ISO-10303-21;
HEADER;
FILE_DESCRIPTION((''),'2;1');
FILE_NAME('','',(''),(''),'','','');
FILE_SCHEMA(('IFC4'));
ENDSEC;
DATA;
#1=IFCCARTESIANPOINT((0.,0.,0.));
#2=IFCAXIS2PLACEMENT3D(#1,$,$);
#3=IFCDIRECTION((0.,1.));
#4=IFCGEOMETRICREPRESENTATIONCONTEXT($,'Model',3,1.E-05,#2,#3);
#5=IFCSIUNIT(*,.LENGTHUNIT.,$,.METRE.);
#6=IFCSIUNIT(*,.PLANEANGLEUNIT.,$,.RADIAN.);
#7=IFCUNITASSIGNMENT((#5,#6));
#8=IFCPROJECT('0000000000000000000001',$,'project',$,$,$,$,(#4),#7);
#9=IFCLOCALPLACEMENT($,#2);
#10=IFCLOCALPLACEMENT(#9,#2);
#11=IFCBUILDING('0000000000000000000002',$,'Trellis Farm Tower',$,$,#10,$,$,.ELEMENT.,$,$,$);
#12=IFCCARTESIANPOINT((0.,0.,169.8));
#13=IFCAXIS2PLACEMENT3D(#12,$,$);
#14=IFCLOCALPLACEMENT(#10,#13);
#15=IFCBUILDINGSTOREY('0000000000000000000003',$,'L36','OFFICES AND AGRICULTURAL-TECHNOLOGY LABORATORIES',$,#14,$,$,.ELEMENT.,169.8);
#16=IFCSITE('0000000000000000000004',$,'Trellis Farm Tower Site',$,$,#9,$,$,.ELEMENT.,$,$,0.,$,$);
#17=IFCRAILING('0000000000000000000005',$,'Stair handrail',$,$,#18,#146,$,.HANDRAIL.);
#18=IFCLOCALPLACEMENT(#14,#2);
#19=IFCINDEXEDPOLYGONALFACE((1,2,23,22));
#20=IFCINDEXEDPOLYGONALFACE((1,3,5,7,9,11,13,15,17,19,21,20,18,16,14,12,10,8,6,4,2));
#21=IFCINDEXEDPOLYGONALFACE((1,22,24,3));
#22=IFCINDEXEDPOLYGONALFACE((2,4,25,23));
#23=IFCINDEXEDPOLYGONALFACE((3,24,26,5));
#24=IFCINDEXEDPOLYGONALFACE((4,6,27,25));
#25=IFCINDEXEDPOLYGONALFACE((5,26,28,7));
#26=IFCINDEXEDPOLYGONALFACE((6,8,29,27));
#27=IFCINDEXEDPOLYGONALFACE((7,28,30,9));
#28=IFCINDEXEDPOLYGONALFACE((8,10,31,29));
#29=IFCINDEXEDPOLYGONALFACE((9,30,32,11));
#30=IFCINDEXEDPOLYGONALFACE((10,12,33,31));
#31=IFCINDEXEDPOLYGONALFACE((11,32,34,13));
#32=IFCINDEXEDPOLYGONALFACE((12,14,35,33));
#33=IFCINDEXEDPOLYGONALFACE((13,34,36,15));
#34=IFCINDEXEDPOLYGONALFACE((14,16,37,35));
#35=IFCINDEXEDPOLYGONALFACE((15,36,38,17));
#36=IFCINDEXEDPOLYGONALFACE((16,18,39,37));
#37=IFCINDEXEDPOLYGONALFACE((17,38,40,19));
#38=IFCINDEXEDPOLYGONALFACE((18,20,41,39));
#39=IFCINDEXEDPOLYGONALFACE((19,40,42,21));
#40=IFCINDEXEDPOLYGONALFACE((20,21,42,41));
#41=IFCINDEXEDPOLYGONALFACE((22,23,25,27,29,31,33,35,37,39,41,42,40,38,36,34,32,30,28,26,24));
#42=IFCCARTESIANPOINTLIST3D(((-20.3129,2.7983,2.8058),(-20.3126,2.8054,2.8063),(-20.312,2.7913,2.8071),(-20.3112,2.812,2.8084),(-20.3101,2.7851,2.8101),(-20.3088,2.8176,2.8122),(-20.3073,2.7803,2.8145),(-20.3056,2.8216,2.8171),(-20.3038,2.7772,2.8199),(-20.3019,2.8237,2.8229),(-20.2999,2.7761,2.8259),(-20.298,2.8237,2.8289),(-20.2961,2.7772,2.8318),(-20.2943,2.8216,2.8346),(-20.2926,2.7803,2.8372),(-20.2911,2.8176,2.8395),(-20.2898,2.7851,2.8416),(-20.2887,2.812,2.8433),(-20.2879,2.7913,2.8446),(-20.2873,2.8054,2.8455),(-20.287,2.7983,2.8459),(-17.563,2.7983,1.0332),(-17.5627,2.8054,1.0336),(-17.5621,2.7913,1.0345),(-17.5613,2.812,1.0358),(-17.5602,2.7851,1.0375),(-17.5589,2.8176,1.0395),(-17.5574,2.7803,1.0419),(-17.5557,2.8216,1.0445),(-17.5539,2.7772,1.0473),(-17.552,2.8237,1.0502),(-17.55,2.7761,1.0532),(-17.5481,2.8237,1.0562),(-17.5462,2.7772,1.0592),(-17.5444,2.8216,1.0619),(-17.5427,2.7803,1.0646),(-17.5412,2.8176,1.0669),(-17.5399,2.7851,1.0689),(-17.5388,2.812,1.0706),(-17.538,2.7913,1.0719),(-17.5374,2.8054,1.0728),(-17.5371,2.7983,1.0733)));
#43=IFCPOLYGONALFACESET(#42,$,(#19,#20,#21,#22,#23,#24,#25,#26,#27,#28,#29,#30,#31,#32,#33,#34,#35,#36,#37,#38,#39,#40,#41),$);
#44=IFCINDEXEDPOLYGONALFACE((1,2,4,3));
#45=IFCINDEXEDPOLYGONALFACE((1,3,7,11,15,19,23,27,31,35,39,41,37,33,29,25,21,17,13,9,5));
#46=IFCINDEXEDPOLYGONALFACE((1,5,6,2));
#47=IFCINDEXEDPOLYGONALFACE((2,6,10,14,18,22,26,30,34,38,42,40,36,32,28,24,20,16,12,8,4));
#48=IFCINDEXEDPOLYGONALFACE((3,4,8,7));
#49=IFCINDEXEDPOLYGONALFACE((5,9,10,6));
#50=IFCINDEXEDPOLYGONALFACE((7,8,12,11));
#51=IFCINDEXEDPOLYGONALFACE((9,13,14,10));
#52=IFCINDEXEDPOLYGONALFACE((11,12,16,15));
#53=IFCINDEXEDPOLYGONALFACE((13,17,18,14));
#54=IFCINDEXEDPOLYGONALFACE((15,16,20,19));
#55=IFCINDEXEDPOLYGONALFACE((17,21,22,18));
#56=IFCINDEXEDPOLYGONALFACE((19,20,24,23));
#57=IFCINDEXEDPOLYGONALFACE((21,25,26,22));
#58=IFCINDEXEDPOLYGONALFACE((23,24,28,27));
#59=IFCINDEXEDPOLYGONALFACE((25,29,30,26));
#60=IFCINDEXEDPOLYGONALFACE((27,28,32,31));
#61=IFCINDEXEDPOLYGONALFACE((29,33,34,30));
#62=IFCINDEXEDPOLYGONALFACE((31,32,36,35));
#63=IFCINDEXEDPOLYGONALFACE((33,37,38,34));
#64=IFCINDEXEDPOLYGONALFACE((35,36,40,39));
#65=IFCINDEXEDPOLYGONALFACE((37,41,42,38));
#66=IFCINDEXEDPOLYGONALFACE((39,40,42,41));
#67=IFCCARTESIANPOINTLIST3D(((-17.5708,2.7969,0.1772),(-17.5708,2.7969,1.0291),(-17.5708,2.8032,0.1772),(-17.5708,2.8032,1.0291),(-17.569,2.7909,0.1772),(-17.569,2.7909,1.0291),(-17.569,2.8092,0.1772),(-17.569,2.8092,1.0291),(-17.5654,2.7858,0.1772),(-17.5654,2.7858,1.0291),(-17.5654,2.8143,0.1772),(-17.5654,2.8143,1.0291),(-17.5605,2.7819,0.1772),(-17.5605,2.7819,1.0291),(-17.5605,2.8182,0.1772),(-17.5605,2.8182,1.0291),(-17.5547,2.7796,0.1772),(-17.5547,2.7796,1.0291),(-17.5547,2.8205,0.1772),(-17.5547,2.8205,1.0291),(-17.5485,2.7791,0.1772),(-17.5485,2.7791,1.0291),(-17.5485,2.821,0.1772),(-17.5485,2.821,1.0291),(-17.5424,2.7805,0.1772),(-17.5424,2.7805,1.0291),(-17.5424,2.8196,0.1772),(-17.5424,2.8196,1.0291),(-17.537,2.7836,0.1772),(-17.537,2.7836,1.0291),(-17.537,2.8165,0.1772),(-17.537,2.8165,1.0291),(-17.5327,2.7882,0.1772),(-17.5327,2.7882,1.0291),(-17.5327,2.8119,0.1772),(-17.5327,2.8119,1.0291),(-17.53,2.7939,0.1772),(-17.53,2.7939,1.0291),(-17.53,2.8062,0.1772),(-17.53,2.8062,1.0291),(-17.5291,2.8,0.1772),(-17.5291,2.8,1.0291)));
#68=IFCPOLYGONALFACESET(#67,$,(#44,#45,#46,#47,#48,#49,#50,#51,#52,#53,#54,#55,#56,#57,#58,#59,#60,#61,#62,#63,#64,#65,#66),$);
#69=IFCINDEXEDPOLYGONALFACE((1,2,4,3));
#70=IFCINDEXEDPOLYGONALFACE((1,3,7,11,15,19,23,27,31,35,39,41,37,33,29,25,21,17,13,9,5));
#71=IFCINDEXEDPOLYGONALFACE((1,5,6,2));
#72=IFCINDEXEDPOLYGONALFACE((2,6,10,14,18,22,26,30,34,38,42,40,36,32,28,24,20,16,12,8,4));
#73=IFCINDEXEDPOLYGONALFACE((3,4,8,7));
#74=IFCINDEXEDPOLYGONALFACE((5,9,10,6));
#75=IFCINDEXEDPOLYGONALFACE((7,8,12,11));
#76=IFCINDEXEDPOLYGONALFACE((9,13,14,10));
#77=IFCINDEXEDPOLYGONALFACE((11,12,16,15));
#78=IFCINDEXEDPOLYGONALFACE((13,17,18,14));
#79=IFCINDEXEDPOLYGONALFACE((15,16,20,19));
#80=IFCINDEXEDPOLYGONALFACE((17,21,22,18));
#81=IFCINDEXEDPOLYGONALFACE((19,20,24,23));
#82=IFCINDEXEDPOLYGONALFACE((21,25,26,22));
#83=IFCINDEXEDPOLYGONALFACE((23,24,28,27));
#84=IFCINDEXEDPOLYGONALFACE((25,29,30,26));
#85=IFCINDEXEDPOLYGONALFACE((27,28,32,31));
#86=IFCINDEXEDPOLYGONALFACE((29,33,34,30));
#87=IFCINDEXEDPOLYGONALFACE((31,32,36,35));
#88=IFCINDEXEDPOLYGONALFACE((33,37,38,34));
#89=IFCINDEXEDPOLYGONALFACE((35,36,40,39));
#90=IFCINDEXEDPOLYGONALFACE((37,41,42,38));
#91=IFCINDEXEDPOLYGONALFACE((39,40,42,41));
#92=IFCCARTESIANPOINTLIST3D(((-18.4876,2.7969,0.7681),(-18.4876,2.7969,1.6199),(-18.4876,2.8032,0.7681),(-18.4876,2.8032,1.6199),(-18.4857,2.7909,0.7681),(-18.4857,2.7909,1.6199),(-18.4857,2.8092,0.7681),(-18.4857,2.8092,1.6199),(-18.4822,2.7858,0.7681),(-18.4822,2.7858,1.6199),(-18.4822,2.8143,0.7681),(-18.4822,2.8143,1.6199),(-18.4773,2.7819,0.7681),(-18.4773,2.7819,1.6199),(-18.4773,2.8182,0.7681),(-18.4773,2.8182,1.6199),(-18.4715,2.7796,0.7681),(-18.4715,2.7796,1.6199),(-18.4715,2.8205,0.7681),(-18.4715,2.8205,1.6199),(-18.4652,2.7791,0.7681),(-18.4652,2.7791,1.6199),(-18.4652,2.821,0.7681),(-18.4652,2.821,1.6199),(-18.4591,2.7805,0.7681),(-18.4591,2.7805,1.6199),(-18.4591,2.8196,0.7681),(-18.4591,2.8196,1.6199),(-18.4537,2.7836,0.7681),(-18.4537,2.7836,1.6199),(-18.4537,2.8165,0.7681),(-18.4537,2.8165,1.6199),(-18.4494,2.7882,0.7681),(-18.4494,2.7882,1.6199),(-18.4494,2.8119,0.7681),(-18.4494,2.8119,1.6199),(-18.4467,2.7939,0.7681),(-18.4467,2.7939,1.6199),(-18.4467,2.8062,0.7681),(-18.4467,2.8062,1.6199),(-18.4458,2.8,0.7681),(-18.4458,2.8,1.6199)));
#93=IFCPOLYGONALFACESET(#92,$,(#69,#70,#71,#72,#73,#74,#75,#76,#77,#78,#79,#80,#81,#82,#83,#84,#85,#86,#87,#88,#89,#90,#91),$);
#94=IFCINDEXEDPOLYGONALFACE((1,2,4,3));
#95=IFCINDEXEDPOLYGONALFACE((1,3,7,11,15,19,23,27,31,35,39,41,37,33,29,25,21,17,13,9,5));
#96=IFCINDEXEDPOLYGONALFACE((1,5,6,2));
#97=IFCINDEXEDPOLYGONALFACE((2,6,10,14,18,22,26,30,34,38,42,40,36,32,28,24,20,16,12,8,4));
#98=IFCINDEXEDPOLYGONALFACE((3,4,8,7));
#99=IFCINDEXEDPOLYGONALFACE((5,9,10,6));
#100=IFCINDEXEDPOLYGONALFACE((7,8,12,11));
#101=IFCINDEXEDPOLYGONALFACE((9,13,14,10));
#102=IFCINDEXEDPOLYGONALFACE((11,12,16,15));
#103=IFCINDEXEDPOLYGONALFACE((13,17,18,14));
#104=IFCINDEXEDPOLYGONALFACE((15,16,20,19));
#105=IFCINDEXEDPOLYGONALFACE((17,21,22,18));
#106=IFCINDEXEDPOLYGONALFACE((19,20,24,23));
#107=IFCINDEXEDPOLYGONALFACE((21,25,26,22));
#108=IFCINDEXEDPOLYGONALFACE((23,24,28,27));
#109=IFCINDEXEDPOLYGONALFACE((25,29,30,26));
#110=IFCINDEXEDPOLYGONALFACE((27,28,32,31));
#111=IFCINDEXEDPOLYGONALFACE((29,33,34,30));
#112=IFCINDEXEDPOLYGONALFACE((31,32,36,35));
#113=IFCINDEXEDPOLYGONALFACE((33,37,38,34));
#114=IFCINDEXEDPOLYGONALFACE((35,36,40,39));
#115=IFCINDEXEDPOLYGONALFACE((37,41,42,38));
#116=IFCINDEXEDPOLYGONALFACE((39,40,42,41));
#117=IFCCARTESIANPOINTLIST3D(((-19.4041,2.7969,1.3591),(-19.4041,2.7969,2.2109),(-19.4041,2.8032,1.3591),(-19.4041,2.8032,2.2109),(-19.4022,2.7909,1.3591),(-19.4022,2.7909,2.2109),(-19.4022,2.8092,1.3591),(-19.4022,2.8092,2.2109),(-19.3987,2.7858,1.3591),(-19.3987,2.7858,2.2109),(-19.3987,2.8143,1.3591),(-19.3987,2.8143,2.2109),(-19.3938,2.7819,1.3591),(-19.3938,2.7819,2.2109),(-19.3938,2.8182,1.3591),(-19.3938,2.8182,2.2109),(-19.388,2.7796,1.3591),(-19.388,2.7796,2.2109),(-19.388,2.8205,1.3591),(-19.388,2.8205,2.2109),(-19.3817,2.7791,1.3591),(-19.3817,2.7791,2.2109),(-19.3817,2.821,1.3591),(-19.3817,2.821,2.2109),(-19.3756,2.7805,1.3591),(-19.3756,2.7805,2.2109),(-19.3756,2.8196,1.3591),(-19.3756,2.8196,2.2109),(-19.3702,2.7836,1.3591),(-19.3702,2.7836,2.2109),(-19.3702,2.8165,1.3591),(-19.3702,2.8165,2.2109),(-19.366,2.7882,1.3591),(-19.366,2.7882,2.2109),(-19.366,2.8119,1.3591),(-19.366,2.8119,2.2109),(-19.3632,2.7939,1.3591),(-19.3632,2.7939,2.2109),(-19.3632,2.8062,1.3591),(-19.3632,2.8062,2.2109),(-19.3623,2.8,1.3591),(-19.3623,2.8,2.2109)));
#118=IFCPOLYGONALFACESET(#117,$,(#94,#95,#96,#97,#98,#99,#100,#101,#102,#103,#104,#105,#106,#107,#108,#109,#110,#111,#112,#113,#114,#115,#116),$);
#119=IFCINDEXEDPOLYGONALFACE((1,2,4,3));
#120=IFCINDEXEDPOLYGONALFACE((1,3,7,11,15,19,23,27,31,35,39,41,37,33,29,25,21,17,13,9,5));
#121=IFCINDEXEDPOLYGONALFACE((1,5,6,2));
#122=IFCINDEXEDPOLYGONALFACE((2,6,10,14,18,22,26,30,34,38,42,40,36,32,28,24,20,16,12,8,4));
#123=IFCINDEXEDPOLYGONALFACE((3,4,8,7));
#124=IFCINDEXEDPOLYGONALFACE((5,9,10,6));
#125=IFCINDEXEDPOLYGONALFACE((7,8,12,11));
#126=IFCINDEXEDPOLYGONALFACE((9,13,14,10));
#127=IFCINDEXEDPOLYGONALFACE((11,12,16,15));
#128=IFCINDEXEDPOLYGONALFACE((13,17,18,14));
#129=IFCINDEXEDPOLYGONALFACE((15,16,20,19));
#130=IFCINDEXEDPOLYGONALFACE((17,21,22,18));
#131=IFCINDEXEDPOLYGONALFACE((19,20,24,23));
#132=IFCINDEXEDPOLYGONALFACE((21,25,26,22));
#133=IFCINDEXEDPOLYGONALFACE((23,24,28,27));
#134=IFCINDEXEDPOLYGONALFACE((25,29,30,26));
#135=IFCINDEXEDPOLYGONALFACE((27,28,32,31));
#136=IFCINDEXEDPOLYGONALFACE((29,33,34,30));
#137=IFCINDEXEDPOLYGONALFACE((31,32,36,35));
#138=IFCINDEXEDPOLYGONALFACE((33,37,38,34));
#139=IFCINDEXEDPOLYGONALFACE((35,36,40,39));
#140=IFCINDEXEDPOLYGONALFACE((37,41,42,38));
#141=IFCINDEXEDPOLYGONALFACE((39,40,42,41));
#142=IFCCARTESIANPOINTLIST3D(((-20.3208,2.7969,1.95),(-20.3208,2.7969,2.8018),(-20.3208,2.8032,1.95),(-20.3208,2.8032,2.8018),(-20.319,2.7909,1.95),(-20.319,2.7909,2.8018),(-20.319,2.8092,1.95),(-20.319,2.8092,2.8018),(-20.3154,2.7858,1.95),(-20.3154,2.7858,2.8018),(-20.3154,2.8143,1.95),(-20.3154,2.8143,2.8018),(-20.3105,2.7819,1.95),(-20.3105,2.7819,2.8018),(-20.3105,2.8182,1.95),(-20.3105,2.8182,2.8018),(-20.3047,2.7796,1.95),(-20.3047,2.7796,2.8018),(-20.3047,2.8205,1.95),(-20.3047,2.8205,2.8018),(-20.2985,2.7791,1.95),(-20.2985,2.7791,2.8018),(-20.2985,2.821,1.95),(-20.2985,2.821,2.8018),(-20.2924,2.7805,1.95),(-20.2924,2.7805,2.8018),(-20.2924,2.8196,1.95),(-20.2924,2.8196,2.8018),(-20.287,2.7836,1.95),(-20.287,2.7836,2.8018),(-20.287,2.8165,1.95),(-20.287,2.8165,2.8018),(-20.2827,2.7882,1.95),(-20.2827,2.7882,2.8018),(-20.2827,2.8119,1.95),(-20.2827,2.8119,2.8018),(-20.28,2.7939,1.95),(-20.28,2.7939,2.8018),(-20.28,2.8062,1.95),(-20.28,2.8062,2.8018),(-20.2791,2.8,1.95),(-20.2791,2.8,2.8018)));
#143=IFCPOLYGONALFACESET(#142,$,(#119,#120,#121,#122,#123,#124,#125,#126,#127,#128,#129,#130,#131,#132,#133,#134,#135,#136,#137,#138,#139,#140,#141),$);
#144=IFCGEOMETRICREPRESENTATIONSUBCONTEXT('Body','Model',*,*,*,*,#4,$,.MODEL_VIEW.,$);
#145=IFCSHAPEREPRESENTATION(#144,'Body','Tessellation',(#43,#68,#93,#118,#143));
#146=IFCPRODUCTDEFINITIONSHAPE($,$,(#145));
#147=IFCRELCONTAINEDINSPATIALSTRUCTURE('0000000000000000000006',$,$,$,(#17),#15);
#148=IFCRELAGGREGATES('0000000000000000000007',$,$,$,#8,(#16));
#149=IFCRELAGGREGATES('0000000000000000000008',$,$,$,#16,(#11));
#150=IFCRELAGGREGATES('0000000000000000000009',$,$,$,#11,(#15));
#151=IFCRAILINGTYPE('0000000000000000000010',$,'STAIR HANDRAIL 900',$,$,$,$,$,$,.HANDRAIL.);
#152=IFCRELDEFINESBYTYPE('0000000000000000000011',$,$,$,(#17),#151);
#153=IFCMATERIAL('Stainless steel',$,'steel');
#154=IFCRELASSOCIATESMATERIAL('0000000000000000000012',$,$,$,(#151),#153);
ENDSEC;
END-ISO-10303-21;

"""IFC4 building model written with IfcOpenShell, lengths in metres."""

from ifc_helpers import new_model, si_unit, direction, frame, origin, origin_2d, place, context, subcontext, project, spatial, circle, extrude, source, transform, mapped, material, type_object, element, save


model = new_model("IFC4")

# Units and contexts
model_context = context("Model", 3, precision=1e-05, world=origin(), true_north=direction((0.0, 1.0)))
body_context = subcontext(model_context, "Body", "Model", "MODEL_VIEW")
ifc_project = project(units=[si_unit("LENGTHUNIT", "METRE"), si_unit("PLANEANGLEUNIT", "RADIAN")], contexts=[model_context])

# Site, building, storey
site_placement = place(None, origin())
site = spatial("IfcSite", under=ifc_project, at=site_placement, Name="Trellis Farm Tower Site", CompositionType="ELEMENT", RefElevation=0.0)
building_placement = place(site_placement, origin())
building = spatial("IfcBuilding", under=site, at=building_placement, Name="Trellis Farm Tower", CompositionType="ELEMENT")
storey_placement = place(building_placement, frame((0.0, 0.0, 169.8)))
storey = spatial("IfcBuildingStorey", under=building, at=storey_placement, Name="L36", Description="OFFICES AND AGRICULTURAL-TECHNOLOGY LABORATORIES", CompositionType="ELEMENT", Elevation=169.8)

# Railing
ifc_material_1 = material(Name="Stainless steel", Category="steel")
railing_type = type_object("IfcRailingType", Name="STAIR HANDRAIL 900", PredefinedType="HANDRAIL", material=ifc_material_1)
shared_shape_1 = source(origin(), body_context, "Body", "SweptSolid", [
    extrude(circle(Radius=0.0239, at=origin_2d()), frame((0.0, 0.0, 0.876), z_axis=(-0.840504, 0.0, 0.541806), x_axis=(0.0, -1.0, 0.0)), (0.0, 0.0, 1.0), 3.2717),
    extrude(circle(Radius=0.021, at=origin_2d()), origin(), (0.0, 0.0, 1.0), 0.8518),
    extrude(circle(Radius=0.021, at=origin_2d()), frame((-0.9167, 0.0, 0.5908)), (0.0, 0.0, 1.0), 0.8518),
    extrude(circle(Radius=0.021, at=origin_2d()), frame((-1.8333, 0.0, 1.1819)), (0.0, 0.0, 1.0), 0.8518),
    extrude(circle(Radius=0.021, at=origin_2d()), frame((-2.75, 0.0, 1.7727)), (0.0, 0.0, 1.0), 0.8518),
])
for number, where, name in (
    (1, (-17.55, 2.8, 0.1772), "Stair handrail"),
):
    element("IfcRailing", number, at=place(storey_placement, frame(where)), inside=storey, type_object=railing_type, Name=name, PredefinedType="HANDRAIL", context=body_context, shape_type="MappedRepresentation", body=[
        mapped(shared_shape_1, transform((0.0, 0.0, 0.0))),
    ])

save(model, "model.ifc")
